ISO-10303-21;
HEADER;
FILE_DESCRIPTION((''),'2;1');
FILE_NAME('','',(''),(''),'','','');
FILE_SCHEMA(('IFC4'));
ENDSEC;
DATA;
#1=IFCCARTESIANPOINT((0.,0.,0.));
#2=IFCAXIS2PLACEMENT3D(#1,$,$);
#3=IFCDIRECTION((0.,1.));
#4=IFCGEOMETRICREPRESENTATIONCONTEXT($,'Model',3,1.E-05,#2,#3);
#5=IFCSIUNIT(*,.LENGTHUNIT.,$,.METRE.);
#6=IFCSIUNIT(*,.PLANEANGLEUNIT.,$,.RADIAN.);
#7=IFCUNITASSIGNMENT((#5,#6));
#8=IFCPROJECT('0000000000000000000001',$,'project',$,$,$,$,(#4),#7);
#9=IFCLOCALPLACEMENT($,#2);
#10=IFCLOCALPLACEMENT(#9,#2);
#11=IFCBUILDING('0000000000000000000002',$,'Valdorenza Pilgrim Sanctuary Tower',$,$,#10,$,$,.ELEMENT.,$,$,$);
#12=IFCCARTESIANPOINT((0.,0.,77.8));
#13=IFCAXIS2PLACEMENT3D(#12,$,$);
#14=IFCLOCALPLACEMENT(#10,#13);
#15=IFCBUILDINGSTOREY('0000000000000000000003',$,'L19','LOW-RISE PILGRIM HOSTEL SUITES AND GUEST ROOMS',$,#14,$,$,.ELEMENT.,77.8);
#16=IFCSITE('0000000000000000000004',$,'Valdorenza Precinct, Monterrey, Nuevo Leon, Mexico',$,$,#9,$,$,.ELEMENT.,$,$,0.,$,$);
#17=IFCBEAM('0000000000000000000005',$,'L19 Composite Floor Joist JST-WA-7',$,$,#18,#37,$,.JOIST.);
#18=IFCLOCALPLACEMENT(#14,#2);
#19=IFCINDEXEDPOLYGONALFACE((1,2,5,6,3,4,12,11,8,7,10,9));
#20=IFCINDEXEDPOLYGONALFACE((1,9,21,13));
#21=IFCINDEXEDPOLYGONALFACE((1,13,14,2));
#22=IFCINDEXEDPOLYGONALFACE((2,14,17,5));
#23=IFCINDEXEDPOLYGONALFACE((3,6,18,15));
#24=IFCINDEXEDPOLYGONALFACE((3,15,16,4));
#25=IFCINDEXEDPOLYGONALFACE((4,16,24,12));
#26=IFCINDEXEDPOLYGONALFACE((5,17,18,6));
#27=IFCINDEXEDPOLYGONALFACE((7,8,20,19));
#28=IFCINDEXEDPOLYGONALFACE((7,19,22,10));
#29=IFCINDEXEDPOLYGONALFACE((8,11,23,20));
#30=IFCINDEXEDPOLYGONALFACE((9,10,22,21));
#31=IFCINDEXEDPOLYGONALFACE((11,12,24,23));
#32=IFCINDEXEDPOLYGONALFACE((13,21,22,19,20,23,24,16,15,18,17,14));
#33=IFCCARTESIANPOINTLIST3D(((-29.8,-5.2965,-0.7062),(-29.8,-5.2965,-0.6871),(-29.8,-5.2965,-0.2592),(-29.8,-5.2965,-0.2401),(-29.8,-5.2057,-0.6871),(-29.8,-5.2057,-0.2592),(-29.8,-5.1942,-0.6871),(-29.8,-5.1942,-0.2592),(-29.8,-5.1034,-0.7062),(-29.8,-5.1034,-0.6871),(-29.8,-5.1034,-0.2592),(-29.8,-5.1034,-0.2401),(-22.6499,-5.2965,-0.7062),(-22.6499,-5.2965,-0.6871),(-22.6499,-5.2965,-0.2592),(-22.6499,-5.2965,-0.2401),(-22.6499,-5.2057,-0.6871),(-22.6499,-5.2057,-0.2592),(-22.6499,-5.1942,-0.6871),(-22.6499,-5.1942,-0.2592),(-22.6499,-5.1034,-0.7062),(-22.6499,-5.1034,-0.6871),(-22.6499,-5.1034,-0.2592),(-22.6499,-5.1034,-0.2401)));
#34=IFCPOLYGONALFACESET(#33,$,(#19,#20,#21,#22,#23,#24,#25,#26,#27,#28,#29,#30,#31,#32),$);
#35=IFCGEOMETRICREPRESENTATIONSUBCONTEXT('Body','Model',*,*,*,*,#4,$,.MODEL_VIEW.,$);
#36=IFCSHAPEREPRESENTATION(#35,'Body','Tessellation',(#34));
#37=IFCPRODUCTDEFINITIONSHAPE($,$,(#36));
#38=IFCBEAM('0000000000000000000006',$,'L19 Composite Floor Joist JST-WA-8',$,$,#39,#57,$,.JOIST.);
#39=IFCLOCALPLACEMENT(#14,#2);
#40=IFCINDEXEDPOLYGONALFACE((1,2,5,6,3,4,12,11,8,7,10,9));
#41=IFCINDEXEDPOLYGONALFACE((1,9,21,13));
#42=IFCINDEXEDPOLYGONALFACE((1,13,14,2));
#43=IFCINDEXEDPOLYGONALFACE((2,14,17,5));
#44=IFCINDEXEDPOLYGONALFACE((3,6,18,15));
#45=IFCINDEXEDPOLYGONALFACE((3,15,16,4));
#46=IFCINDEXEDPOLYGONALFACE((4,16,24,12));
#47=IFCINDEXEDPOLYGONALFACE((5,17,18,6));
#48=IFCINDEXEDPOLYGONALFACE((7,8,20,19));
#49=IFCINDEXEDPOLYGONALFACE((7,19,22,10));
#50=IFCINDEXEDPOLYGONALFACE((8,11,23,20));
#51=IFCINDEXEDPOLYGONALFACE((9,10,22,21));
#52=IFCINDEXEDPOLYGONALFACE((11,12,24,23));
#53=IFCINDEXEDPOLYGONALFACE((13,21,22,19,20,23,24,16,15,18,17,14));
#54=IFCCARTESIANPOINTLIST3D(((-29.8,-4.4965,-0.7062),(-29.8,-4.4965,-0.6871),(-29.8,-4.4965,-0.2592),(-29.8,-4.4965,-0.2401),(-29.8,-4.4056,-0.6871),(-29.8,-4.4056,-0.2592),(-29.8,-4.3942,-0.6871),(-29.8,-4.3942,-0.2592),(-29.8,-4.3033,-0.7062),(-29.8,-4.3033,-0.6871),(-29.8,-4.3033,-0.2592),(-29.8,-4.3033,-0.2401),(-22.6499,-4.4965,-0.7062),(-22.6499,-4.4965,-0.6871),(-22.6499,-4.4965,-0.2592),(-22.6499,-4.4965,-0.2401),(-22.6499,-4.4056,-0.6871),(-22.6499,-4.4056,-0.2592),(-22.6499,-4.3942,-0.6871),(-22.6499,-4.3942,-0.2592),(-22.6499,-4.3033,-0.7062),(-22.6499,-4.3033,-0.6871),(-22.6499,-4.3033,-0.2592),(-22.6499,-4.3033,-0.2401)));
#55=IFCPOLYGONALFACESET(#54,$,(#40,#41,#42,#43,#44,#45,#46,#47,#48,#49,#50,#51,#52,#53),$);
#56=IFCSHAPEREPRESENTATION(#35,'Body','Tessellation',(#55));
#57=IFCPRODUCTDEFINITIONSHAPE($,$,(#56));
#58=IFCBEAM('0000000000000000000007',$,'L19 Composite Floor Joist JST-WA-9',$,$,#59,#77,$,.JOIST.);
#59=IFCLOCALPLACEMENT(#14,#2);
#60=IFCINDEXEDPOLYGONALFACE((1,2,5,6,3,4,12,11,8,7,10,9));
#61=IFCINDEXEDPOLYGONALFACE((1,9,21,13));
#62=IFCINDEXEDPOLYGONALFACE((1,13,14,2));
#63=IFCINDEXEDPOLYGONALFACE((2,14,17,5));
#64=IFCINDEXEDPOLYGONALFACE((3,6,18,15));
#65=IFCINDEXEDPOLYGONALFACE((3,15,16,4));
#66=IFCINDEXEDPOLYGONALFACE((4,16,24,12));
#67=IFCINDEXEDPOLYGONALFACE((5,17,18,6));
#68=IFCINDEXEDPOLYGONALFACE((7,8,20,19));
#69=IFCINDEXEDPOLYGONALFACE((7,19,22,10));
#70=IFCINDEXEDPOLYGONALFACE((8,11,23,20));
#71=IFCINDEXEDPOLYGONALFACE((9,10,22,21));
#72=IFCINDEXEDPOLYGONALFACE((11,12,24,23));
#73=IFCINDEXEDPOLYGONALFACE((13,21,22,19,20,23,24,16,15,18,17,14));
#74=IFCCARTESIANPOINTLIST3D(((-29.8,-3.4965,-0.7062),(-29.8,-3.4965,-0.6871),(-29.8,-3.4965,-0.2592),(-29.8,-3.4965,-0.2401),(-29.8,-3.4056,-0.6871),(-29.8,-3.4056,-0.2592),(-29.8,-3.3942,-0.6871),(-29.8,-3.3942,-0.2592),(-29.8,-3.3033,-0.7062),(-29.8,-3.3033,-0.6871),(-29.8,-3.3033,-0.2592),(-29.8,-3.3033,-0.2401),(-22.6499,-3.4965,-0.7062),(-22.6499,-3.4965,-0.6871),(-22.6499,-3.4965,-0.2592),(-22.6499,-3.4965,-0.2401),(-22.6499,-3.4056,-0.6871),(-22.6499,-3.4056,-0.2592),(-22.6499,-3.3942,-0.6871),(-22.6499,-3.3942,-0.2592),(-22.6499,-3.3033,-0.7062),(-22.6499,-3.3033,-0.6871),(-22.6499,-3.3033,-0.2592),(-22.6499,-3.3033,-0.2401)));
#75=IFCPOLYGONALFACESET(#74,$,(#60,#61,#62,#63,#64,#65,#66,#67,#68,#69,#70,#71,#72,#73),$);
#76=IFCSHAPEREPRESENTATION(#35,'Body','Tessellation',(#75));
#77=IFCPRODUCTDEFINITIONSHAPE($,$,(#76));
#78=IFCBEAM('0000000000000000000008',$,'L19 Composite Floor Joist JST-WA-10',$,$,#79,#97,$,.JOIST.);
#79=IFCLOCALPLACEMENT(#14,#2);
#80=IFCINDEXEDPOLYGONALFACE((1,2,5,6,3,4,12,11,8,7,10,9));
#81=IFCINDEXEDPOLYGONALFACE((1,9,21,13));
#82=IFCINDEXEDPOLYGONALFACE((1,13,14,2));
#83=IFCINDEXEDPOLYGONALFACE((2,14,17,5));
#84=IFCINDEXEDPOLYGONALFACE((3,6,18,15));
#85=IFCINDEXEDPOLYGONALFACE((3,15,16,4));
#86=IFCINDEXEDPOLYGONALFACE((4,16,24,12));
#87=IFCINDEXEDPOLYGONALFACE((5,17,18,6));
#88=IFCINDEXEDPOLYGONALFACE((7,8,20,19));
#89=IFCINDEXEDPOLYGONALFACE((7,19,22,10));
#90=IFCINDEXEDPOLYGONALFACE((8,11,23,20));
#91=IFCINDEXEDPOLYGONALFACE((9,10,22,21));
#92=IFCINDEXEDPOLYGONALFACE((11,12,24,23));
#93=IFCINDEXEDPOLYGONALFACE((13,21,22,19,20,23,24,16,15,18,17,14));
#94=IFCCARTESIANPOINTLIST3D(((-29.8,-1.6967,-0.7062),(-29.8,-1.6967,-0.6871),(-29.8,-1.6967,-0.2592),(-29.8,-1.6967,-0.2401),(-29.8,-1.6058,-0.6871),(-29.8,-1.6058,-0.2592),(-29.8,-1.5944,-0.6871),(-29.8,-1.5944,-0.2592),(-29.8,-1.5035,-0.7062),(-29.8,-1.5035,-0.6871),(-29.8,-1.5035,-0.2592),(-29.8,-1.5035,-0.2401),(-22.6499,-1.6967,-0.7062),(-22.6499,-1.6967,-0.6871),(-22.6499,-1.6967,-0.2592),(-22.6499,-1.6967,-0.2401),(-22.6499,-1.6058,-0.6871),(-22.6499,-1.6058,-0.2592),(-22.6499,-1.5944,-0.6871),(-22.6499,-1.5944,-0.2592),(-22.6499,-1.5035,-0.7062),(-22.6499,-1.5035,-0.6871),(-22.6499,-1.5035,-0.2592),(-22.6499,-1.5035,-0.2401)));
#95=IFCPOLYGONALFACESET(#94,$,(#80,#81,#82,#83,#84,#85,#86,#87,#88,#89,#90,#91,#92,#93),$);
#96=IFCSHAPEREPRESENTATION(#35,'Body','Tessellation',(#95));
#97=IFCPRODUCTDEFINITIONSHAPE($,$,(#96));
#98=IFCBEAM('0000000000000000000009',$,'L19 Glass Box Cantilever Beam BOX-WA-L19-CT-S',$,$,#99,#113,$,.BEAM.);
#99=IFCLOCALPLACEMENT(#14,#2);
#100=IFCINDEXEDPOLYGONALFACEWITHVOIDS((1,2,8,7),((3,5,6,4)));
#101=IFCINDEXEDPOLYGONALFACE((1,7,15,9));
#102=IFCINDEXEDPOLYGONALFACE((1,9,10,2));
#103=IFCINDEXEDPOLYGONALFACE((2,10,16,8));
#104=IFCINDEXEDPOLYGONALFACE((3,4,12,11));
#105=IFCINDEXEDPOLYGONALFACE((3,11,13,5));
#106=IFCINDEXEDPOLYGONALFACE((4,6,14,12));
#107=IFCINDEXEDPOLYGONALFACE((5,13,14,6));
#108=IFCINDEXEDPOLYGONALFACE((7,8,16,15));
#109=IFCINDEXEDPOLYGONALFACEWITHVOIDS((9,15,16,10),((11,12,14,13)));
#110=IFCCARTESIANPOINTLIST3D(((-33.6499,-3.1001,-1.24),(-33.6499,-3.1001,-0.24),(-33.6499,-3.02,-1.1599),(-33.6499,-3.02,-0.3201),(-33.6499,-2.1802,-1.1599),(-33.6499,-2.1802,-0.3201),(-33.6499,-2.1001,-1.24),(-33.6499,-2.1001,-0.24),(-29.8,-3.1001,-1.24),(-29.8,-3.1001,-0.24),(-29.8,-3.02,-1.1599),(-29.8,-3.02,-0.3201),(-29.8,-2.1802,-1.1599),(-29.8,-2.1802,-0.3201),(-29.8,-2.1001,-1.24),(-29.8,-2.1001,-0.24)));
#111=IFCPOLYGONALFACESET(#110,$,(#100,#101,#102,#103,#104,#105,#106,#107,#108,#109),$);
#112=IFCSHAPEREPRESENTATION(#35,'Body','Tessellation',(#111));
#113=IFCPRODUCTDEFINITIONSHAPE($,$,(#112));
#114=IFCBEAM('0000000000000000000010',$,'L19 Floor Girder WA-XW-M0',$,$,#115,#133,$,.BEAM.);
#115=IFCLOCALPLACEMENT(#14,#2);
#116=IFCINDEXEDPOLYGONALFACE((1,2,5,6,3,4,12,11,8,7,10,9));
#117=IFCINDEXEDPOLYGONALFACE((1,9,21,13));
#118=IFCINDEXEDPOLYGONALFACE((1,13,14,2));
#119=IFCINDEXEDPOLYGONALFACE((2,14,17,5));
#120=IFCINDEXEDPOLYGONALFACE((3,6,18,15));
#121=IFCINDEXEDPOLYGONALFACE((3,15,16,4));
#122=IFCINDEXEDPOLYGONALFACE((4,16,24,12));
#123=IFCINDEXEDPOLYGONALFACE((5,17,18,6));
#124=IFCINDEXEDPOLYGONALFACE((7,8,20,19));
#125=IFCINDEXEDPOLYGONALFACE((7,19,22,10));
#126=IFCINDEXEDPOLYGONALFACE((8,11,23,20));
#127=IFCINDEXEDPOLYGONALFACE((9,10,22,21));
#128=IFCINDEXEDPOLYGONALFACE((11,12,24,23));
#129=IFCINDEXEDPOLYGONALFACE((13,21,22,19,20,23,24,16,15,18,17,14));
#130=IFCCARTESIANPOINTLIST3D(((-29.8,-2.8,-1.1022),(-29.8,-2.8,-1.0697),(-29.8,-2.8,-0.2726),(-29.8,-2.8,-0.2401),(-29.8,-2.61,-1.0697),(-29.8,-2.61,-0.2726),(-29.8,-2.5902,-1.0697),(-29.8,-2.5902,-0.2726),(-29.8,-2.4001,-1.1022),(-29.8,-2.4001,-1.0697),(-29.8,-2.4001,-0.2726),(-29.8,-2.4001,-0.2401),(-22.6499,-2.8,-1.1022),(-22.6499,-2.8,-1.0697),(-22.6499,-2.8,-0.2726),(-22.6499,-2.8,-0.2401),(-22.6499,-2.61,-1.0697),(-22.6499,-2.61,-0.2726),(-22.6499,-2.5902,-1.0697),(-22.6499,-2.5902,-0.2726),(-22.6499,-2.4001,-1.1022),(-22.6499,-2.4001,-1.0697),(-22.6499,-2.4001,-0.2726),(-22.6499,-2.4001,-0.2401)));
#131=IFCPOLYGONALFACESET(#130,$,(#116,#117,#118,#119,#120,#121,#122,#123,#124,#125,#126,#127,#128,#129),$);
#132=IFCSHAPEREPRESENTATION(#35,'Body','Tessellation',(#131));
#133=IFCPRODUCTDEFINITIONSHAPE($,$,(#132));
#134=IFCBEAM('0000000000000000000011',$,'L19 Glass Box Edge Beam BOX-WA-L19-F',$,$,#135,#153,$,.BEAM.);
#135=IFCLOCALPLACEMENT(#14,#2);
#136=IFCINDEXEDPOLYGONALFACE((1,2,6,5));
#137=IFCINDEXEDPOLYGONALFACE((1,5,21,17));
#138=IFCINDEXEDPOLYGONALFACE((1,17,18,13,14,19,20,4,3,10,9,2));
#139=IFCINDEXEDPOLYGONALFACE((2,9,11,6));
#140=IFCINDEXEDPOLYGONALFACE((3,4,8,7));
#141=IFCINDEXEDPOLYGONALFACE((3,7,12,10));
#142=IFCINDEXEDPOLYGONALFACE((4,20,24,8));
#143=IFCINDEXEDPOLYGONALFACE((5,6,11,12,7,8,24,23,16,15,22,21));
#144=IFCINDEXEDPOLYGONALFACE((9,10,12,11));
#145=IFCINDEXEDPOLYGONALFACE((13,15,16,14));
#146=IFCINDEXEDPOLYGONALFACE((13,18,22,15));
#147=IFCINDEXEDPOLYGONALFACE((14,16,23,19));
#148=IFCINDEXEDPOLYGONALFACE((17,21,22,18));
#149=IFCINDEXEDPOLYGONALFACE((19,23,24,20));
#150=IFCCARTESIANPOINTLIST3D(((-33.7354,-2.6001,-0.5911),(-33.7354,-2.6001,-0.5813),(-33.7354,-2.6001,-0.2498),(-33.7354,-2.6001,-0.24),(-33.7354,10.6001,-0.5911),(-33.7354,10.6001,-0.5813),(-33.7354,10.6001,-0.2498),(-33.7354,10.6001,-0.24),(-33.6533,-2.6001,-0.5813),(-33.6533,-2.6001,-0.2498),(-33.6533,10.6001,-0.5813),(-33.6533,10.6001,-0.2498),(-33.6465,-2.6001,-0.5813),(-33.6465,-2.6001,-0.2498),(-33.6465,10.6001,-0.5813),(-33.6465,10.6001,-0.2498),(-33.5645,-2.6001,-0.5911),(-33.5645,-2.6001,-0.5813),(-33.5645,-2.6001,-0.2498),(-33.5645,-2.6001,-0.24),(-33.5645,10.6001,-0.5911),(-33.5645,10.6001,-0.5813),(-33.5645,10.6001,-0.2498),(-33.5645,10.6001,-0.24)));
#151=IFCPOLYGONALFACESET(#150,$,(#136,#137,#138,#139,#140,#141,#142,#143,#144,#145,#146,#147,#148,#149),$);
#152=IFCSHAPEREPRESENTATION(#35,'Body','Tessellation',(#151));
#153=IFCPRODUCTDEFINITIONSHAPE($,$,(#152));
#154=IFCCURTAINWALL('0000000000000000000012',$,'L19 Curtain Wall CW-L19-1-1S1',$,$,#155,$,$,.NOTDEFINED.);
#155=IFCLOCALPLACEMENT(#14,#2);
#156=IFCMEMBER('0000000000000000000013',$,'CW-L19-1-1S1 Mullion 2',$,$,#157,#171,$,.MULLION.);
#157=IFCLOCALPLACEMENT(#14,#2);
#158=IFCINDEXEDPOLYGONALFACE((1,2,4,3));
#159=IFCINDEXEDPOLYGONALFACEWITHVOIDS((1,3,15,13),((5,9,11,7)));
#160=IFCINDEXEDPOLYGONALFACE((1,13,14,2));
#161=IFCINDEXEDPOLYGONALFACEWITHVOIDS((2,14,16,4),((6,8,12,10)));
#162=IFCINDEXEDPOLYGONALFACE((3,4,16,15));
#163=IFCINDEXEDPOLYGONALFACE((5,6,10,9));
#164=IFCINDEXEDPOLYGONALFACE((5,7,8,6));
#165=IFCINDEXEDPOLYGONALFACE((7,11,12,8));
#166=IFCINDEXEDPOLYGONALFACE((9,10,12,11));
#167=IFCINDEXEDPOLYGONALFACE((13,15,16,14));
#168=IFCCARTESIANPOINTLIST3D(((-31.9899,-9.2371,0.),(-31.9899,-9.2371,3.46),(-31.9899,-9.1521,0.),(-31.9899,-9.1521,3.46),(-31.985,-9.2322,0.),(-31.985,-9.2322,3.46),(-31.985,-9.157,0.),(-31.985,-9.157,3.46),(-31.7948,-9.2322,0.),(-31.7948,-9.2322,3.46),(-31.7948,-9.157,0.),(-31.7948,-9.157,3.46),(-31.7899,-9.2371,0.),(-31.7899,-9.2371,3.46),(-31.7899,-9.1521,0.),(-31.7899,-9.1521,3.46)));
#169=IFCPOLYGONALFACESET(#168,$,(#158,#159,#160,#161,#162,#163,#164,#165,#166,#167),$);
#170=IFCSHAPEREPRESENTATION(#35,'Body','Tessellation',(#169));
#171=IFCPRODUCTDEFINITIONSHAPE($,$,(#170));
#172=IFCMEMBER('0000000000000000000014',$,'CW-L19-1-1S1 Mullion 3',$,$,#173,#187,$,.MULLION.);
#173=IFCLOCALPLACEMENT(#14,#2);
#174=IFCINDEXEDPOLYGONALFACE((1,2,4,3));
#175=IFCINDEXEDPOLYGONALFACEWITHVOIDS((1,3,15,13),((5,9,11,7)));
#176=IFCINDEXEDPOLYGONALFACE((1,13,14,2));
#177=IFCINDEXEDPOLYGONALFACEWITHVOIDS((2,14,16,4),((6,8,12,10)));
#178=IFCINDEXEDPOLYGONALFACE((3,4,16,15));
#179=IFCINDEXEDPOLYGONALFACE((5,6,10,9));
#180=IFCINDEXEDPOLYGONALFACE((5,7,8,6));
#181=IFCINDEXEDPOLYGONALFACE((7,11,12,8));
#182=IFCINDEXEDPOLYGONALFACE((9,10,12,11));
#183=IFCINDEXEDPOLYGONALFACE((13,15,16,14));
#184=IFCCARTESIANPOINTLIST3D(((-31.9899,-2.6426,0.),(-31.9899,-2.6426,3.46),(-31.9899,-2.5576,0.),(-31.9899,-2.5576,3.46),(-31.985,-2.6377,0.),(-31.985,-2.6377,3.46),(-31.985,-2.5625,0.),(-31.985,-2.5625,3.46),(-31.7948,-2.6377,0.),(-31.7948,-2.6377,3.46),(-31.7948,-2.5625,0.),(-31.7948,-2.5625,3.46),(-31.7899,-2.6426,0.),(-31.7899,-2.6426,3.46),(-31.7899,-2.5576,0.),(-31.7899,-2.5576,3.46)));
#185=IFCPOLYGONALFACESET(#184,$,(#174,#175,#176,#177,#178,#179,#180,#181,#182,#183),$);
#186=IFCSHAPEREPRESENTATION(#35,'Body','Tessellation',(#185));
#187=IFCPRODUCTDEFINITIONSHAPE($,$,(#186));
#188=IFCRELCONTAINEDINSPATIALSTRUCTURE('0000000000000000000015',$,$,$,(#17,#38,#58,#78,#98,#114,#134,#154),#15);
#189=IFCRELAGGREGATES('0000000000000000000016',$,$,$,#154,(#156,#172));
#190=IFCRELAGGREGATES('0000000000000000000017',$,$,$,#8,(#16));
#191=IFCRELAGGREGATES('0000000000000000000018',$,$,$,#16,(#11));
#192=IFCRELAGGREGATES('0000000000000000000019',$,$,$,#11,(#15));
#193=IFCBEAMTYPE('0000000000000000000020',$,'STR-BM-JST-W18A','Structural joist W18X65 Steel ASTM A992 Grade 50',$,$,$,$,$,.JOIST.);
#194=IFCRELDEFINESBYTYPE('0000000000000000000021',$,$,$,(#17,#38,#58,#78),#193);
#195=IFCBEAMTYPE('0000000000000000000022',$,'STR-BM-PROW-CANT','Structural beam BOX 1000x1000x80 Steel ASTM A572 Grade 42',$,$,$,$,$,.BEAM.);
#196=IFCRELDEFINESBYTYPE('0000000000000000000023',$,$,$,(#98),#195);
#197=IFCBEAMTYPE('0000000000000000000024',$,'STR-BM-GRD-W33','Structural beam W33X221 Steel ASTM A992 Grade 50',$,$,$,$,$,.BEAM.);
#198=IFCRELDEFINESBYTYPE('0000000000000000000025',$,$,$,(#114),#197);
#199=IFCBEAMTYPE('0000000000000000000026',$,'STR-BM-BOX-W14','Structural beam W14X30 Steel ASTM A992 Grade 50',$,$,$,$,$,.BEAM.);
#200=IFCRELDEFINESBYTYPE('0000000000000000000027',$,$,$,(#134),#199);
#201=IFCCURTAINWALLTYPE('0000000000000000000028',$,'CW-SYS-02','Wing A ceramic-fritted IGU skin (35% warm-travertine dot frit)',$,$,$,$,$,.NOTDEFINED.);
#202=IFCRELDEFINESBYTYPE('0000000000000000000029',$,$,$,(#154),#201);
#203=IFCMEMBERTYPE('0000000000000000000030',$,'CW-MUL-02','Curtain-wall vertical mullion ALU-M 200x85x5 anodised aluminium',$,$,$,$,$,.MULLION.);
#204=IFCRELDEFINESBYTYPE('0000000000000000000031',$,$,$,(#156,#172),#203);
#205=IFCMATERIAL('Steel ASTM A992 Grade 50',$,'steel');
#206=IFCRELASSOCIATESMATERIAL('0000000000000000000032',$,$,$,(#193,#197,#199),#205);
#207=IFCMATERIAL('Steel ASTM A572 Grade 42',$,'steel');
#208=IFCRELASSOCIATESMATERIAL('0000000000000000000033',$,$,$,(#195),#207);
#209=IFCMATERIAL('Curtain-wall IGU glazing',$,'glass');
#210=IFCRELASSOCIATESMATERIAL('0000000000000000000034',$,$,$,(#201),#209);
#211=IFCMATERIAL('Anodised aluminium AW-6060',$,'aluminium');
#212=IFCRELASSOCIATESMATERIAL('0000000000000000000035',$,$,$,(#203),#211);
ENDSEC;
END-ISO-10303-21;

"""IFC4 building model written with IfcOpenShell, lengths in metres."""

from ifc_helpers import new_model, si_unit, direction, frame, origin, origin_2d, place, context, subcontext, project, spatial, hollow_rectangle, i_section, extrude, source, transform, mapped, material, material_profile, profile_set, type_object, element, aggregate, save


model = new_model("IFC4")

# Units and contexts
model_context = context("Model", 3, precision=1e-05, world=origin(), true_north=direction((0.0, 1.0)))
body_context = subcontext(model_context, "Body", "Model", "MODEL_VIEW")
ifc_project = project(units=[si_unit("LENGTHUNIT", "METRE"), si_unit("PLANEANGLEUNIT", "RADIAN")], contexts=[model_context])

# Site, building, storey
site_placement = place(None, origin())
site = spatial("IfcSite", under=ifc_project, at=site_placement, Name="Valdorenza Precinct, Monterrey, Nuevo Leon, Mexico", CompositionType="ELEMENT", RefElevation=0.0)
building_placement = place(site_placement, origin())
building = spatial("IfcBuilding", under=site, at=building_placement, Name="Valdorenza Pilgrim Sanctuary Tower", CompositionType="ELEMENT")
storey_placement = place(building_placement, frame((0.0, 0.0, 77.8)))
storey = spatial("IfcBuildingStorey", under=building, at=storey_placement, Name="L19", Description="LOW-RISE PILGRIM HOSTEL SUITES AND GUEST ROOMS", CompositionType="ELEMENT", Elevation=77.8)

# Beams
ifc_material_1 = material(Name="Steel ASTM A992 Grade 50", Category="steel")
ifc_material_profile_1 = material_profile(ifc_material_1, i_section(OverallWidth=0.1931, OverallDepth=0.4661, WebThickness=0.0115, FlangeThickness=0.019, at=origin_2d()), Name="W18X65")
ifc_profile_set_1 = profile_set([ifc_material_profile_1], Name="Steel ASTM A992 Grade 50")
beam_type_1 = type_object("IfcBeamType", Name="STR-BM-JST-W18A", Description="Structural joist W18X65 Steel ASTM A992 Grade 50", PredefinedType="JOIST", material=ifc_profile_set_1)
shared_shape_1 = source(origin(), body_context, "Body", "SweptSolid", [
    extrude(i_section(OverallWidth=0.1931, OverallDepth=0.4661, WebThickness=0.0115, FlangeThickness=0.019, at=origin_2d()), origin(), (0.0, 0.0, 1.0), 7.1501),
])
for number, where, z_axis, x_axis, name in (
    (1, (-29.8, -5.2, -0.4731), (1.0, 0.0, 0.0), (0.0, 1.0, 0.0), "L19 Composite Floor Joist JST-WA-7"),
    (2, (-29.8, -4.3999, -0.4731), (1.0, 0.0, 0.0), (0.0, 1.0, 0.0), "L19 Composite Floor Joist JST-WA-8"),
    (3, (-29.8, -3.3999, -0.4731), (1.0, 0.0, 0.0), (0.0, 1.0, 0.0), "L19 Composite Floor Joist JST-WA-9"),
    (4, (-29.8, -1.6001, -0.4731), (1.0, 0.0, 0.0), (0.0, 1.0, 0.0), "L19 Composite Floor Joist JST-WA-10"),
):
    element("IfcBeam", number, at=place(storey_placement, frame(where, z_axis=z_axis, x_axis=x_axis)), inside=storey, type_object=beam_type_1, Name=name, PredefinedType="JOIST", context=body_context, shape_type="MappedRepresentation", body=[
        mapped(shared_shape_1, transform((0.0, 0.0, 0.0), x_axis=(1.0, 0.0, 0.0), y_axis=(0.0, 1.0, 0.0), z_axis=(0.0, 0.0, 1.0), scale=1.0)),
    ])
ifc_material_2 = material(Name="Steel ASTM A572 Grade 42", Category="steel")
ifc_material_profile_2 = material_profile(ifc_material_2, hollow_rectangle(XDim=1.0, YDim=1.0, WallThickness=0.0801, at=origin_2d()), Name="BOX 1000x1000x80")
ifc_profile_set_2 = profile_set([ifc_material_profile_2], Name="Steel ASTM A572 Grade 42")
beam_type_2 = type_object("IfcBeamType", Name="STR-BM-PROW-CANT", Description="Structural beam BOX 1000x1000x80 Steel ASTM A572 Grade 42", PredefinedType="BEAM", material=ifc_profile_set_2)
shared_shape_2 = source(origin(), body_context, "Body", "SweptSolid", [
    extrude(hollow_rectangle(XDim=1.0, YDim=1.0, WallThickness=0.0801, at=origin_2d()), origin(), (0.0, 0.0, 1.0), 3.8499),
])
beam_1_placement = place(storey_placement, frame((-29.8, -2.6001, -0.74), z_axis=(-1.0, 0.0, 0.0), x_axis=(0.0, -1.0, 0.0)))
element("IfcBeam", 5, at=beam_1_placement, inside=storey, type_object=beam_type_2, Name="L19 Glass Box Cantilever Beam BOX-WA-L19-CT-S", PredefinedType="BEAM", context=body_context, shape_type="MappedRepresentation", body=[
    mapped(shared_shape_2, transform((0.0, 0.0, 0.0), x_axis=(1.0, 0.0, 0.0), y_axis=(0.0, 1.0, 0.0), z_axis=(0.0, 0.0, 1.0), scale=1.0)),
])
ifc_material_profile_3 = material_profile(ifc_material_1, i_section(OverallWidth=0.3999, OverallDepth=0.8621, WebThickness=0.0198, FlangeThickness=0.0325, at=origin_2d()), Name="W33X221")
ifc_profile_set_3 = profile_set([ifc_material_profile_3], Name="Steel ASTM A992 Grade 50")
beam_type_3 = type_object("IfcBeamType", Name="STR-BM-GRD-W33", Description="Structural beam W33X221 Steel ASTM A992 Grade 50", PredefinedType="BEAM", material=ifc_profile_set_3)
shared_shape_3 = source(origin(), body_context, "Body", "SweptSolid", [
    extrude(i_section(OverallWidth=0.3999, OverallDepth=0.8621, WebThickness=0.0198, FlangeThickness=0.0325, at=origin_2d()), origin(), (0.0, 0.0, 1.0), 7.1501),
])
beam_2_placement = place(storey_placement, frame((-29.8, -2.6001, -0.6711), z_axis=(1.0, 0.0, 0.0), x_axis=(0.0, 1.0, 0.0)))
element("IfcBeam", 6, at=beam_2_placement, inside=storey, type_object=beam_type_3, Name="L19 Floor Girder WA-XW-M0", PredefinedType="BEAM", context=body_context, shape_type="MappedRepresentation", body=[
    mapped(shared_shape_3, transform((0.0, 0.0, 0.0), x_axis=(1.0, 0.0, 0.0), y_axis=(0.0, 1.0, 0.0), z_axis=(0.0, 0.0, 1.0), scale=1.0)),
])
ifc_material_profile_4 = material_profile(ifc_material_1, i_section(OverallWidth=0.1709, OverallDepth=0.3511, WebThickness=0.0068, FlangeThickness=0.0098, at=origin_2d()), Name="W14X30")
ifc_profile_set_4 = profile_set([ifc_material_profile_4], Name="Steel ASTM A992 Grade 50")
beam_type_4 = type_object("IfcBeamType", Name="STR-BM-BOX-W14", Description="Structural beam W14X30 Steel ASTM A992 Grade 50", PredefinedType="BEAM", material=ifc_profile_set_4)
shared_shape_4 = source(origin(), body_context, "Body", "SweptSolid", [
    extrude(i_section(OverallWidth=0.1709, OverallDepth=0.3511, WebThickness=0.0068, FlangeThickness=0.0098, at=origin_2d()), origin(), (0.0, 0.0, 1.0), 13.2002),
])
beam_3_placement = place(storey_placement, frame((-33.6499, -2.6001, -0.4155), z_axis=(0.0, 1.0, 0.0), x_axis=(-1.0, 0.0, 0.0)))
element("IfcBeam", 7, at=beam_3_placement, inside=storey, type_object=beam_type_4, Name="L19 Glass Box Edge Beam BOX-WA-L19-F", PredefinedType="BEAM", context=body_context, shape_type="MappedRepresentation", body=[
    mapped(shared_shape_4, transform((0.0, 0.0, 0.0), x_axis=(1.0, 0.0, 0.0), y_axis=(0.0, 1.0, 0.0), z_axis=(0.0, 0.0, 1.0), scale=1.0)),
])

# Curtain wall, members
ifc_material_3 = material(Name="Curtain-wall IGU glazing", Category="glass")
curtain_wall_type = type_object("IfcCurtainWallType", Name="CW-SYS-02", Description="Wing A ceramic-fritted IGU skin (35% warm-travertine dot frit)", PredefinedType="NOTDEFINED", material=ifc_material_3)
curtain_wall_1_placement = place(storey_placement, origin())
curtain_wall_1 = element("IfcCurtainWall", 8, at=curtain_wall_1_placement, inside=storey, type_object=curtain_wall_type, Name="L19 Curtain Wall CW-L19-1-1S1", PredefinedType="NOTDEFINED")
ifc_material_4 = material(Name="Anodised aluminium AW-6060", Category="aluminium")
ifc_material_profile_5 = material_profile(ifc_material_4, hollow_rectangle(XDim=0.085, YDim=0.2, WallThickness=0.0049, at=origin_2d()), Name="ALU-M 200x85x5")
ifc_profile_set_5 = profile_set([ifc_material_profile_5], Name="Anodised aluminium AW-6060")
member_type_1 = type_object("IfcMemberType", Name="CW-MUL-02", Description="Curtain-wall vertical mullion ALU-M 200x85x5 anodised aluminium", PredefinedType="MULLION", material=ifc_profile_set_5)
shared_shape_5 = source(origin(), body_context, "Body", "SweptSolid", [
    extrude(hollow_rectangle(XDim=0.085, YDim=0.2, WallThickness=0.0049, at=origin_2d()), origin(), (0.0, 0.0, 1.0), 3.46),
])
member_1_placement = place(storey_placement, frame((-31.8899, -9.1946, 0.0), z_axis=(0.0, 0.0, 1.0), x_axis=(0.0, 1.0, 0.0)))
member_1 = element("IfcMember", 9, at=member_1_placement, type_object=member_type_1, Name="CW-L19-1-1S1 Mullion 2", PredefinedType="MULLION", context=body_context, shape_type="MappedRepresentation", body=[
    mapped(shared_shape_5, transform((0.0, 0.0, 0.0), x_axis=(1.0, 0.0, 0.0), y_axis=(0.0, 1.0, 0.0), z_axis=(0.0, 0.0, 1.0), scale=1.0)),
])
member_2_placement = place(storey_placement, frame((-31.8899, -2.6001, 0.0), z_axis=(0.0, 0.0, 1.0), x_axis=(0.0, 1.0, 0.0)))
member_2 = element("IfcMember", 10, at=member_2_placement, type_object=member_type_1, Name="CW-L19-1-1S1 Mullion 3", PredefinedType="MULLION", context=body_context, shape_type="MappedRepresentation", body=[
    mapped(shared_shape_5, transform((0.0, 0.0, 0.0), x_axis=(1.0, 0.0, 0.0), y_axis=(0.0, 1.0, 0.0), z_axis=(0.0, 0.0, 1.0), scale=1.0)),
])

aggregate(curtain_wall_1, [member_1, member_2])

save(model, "model.ifc")
